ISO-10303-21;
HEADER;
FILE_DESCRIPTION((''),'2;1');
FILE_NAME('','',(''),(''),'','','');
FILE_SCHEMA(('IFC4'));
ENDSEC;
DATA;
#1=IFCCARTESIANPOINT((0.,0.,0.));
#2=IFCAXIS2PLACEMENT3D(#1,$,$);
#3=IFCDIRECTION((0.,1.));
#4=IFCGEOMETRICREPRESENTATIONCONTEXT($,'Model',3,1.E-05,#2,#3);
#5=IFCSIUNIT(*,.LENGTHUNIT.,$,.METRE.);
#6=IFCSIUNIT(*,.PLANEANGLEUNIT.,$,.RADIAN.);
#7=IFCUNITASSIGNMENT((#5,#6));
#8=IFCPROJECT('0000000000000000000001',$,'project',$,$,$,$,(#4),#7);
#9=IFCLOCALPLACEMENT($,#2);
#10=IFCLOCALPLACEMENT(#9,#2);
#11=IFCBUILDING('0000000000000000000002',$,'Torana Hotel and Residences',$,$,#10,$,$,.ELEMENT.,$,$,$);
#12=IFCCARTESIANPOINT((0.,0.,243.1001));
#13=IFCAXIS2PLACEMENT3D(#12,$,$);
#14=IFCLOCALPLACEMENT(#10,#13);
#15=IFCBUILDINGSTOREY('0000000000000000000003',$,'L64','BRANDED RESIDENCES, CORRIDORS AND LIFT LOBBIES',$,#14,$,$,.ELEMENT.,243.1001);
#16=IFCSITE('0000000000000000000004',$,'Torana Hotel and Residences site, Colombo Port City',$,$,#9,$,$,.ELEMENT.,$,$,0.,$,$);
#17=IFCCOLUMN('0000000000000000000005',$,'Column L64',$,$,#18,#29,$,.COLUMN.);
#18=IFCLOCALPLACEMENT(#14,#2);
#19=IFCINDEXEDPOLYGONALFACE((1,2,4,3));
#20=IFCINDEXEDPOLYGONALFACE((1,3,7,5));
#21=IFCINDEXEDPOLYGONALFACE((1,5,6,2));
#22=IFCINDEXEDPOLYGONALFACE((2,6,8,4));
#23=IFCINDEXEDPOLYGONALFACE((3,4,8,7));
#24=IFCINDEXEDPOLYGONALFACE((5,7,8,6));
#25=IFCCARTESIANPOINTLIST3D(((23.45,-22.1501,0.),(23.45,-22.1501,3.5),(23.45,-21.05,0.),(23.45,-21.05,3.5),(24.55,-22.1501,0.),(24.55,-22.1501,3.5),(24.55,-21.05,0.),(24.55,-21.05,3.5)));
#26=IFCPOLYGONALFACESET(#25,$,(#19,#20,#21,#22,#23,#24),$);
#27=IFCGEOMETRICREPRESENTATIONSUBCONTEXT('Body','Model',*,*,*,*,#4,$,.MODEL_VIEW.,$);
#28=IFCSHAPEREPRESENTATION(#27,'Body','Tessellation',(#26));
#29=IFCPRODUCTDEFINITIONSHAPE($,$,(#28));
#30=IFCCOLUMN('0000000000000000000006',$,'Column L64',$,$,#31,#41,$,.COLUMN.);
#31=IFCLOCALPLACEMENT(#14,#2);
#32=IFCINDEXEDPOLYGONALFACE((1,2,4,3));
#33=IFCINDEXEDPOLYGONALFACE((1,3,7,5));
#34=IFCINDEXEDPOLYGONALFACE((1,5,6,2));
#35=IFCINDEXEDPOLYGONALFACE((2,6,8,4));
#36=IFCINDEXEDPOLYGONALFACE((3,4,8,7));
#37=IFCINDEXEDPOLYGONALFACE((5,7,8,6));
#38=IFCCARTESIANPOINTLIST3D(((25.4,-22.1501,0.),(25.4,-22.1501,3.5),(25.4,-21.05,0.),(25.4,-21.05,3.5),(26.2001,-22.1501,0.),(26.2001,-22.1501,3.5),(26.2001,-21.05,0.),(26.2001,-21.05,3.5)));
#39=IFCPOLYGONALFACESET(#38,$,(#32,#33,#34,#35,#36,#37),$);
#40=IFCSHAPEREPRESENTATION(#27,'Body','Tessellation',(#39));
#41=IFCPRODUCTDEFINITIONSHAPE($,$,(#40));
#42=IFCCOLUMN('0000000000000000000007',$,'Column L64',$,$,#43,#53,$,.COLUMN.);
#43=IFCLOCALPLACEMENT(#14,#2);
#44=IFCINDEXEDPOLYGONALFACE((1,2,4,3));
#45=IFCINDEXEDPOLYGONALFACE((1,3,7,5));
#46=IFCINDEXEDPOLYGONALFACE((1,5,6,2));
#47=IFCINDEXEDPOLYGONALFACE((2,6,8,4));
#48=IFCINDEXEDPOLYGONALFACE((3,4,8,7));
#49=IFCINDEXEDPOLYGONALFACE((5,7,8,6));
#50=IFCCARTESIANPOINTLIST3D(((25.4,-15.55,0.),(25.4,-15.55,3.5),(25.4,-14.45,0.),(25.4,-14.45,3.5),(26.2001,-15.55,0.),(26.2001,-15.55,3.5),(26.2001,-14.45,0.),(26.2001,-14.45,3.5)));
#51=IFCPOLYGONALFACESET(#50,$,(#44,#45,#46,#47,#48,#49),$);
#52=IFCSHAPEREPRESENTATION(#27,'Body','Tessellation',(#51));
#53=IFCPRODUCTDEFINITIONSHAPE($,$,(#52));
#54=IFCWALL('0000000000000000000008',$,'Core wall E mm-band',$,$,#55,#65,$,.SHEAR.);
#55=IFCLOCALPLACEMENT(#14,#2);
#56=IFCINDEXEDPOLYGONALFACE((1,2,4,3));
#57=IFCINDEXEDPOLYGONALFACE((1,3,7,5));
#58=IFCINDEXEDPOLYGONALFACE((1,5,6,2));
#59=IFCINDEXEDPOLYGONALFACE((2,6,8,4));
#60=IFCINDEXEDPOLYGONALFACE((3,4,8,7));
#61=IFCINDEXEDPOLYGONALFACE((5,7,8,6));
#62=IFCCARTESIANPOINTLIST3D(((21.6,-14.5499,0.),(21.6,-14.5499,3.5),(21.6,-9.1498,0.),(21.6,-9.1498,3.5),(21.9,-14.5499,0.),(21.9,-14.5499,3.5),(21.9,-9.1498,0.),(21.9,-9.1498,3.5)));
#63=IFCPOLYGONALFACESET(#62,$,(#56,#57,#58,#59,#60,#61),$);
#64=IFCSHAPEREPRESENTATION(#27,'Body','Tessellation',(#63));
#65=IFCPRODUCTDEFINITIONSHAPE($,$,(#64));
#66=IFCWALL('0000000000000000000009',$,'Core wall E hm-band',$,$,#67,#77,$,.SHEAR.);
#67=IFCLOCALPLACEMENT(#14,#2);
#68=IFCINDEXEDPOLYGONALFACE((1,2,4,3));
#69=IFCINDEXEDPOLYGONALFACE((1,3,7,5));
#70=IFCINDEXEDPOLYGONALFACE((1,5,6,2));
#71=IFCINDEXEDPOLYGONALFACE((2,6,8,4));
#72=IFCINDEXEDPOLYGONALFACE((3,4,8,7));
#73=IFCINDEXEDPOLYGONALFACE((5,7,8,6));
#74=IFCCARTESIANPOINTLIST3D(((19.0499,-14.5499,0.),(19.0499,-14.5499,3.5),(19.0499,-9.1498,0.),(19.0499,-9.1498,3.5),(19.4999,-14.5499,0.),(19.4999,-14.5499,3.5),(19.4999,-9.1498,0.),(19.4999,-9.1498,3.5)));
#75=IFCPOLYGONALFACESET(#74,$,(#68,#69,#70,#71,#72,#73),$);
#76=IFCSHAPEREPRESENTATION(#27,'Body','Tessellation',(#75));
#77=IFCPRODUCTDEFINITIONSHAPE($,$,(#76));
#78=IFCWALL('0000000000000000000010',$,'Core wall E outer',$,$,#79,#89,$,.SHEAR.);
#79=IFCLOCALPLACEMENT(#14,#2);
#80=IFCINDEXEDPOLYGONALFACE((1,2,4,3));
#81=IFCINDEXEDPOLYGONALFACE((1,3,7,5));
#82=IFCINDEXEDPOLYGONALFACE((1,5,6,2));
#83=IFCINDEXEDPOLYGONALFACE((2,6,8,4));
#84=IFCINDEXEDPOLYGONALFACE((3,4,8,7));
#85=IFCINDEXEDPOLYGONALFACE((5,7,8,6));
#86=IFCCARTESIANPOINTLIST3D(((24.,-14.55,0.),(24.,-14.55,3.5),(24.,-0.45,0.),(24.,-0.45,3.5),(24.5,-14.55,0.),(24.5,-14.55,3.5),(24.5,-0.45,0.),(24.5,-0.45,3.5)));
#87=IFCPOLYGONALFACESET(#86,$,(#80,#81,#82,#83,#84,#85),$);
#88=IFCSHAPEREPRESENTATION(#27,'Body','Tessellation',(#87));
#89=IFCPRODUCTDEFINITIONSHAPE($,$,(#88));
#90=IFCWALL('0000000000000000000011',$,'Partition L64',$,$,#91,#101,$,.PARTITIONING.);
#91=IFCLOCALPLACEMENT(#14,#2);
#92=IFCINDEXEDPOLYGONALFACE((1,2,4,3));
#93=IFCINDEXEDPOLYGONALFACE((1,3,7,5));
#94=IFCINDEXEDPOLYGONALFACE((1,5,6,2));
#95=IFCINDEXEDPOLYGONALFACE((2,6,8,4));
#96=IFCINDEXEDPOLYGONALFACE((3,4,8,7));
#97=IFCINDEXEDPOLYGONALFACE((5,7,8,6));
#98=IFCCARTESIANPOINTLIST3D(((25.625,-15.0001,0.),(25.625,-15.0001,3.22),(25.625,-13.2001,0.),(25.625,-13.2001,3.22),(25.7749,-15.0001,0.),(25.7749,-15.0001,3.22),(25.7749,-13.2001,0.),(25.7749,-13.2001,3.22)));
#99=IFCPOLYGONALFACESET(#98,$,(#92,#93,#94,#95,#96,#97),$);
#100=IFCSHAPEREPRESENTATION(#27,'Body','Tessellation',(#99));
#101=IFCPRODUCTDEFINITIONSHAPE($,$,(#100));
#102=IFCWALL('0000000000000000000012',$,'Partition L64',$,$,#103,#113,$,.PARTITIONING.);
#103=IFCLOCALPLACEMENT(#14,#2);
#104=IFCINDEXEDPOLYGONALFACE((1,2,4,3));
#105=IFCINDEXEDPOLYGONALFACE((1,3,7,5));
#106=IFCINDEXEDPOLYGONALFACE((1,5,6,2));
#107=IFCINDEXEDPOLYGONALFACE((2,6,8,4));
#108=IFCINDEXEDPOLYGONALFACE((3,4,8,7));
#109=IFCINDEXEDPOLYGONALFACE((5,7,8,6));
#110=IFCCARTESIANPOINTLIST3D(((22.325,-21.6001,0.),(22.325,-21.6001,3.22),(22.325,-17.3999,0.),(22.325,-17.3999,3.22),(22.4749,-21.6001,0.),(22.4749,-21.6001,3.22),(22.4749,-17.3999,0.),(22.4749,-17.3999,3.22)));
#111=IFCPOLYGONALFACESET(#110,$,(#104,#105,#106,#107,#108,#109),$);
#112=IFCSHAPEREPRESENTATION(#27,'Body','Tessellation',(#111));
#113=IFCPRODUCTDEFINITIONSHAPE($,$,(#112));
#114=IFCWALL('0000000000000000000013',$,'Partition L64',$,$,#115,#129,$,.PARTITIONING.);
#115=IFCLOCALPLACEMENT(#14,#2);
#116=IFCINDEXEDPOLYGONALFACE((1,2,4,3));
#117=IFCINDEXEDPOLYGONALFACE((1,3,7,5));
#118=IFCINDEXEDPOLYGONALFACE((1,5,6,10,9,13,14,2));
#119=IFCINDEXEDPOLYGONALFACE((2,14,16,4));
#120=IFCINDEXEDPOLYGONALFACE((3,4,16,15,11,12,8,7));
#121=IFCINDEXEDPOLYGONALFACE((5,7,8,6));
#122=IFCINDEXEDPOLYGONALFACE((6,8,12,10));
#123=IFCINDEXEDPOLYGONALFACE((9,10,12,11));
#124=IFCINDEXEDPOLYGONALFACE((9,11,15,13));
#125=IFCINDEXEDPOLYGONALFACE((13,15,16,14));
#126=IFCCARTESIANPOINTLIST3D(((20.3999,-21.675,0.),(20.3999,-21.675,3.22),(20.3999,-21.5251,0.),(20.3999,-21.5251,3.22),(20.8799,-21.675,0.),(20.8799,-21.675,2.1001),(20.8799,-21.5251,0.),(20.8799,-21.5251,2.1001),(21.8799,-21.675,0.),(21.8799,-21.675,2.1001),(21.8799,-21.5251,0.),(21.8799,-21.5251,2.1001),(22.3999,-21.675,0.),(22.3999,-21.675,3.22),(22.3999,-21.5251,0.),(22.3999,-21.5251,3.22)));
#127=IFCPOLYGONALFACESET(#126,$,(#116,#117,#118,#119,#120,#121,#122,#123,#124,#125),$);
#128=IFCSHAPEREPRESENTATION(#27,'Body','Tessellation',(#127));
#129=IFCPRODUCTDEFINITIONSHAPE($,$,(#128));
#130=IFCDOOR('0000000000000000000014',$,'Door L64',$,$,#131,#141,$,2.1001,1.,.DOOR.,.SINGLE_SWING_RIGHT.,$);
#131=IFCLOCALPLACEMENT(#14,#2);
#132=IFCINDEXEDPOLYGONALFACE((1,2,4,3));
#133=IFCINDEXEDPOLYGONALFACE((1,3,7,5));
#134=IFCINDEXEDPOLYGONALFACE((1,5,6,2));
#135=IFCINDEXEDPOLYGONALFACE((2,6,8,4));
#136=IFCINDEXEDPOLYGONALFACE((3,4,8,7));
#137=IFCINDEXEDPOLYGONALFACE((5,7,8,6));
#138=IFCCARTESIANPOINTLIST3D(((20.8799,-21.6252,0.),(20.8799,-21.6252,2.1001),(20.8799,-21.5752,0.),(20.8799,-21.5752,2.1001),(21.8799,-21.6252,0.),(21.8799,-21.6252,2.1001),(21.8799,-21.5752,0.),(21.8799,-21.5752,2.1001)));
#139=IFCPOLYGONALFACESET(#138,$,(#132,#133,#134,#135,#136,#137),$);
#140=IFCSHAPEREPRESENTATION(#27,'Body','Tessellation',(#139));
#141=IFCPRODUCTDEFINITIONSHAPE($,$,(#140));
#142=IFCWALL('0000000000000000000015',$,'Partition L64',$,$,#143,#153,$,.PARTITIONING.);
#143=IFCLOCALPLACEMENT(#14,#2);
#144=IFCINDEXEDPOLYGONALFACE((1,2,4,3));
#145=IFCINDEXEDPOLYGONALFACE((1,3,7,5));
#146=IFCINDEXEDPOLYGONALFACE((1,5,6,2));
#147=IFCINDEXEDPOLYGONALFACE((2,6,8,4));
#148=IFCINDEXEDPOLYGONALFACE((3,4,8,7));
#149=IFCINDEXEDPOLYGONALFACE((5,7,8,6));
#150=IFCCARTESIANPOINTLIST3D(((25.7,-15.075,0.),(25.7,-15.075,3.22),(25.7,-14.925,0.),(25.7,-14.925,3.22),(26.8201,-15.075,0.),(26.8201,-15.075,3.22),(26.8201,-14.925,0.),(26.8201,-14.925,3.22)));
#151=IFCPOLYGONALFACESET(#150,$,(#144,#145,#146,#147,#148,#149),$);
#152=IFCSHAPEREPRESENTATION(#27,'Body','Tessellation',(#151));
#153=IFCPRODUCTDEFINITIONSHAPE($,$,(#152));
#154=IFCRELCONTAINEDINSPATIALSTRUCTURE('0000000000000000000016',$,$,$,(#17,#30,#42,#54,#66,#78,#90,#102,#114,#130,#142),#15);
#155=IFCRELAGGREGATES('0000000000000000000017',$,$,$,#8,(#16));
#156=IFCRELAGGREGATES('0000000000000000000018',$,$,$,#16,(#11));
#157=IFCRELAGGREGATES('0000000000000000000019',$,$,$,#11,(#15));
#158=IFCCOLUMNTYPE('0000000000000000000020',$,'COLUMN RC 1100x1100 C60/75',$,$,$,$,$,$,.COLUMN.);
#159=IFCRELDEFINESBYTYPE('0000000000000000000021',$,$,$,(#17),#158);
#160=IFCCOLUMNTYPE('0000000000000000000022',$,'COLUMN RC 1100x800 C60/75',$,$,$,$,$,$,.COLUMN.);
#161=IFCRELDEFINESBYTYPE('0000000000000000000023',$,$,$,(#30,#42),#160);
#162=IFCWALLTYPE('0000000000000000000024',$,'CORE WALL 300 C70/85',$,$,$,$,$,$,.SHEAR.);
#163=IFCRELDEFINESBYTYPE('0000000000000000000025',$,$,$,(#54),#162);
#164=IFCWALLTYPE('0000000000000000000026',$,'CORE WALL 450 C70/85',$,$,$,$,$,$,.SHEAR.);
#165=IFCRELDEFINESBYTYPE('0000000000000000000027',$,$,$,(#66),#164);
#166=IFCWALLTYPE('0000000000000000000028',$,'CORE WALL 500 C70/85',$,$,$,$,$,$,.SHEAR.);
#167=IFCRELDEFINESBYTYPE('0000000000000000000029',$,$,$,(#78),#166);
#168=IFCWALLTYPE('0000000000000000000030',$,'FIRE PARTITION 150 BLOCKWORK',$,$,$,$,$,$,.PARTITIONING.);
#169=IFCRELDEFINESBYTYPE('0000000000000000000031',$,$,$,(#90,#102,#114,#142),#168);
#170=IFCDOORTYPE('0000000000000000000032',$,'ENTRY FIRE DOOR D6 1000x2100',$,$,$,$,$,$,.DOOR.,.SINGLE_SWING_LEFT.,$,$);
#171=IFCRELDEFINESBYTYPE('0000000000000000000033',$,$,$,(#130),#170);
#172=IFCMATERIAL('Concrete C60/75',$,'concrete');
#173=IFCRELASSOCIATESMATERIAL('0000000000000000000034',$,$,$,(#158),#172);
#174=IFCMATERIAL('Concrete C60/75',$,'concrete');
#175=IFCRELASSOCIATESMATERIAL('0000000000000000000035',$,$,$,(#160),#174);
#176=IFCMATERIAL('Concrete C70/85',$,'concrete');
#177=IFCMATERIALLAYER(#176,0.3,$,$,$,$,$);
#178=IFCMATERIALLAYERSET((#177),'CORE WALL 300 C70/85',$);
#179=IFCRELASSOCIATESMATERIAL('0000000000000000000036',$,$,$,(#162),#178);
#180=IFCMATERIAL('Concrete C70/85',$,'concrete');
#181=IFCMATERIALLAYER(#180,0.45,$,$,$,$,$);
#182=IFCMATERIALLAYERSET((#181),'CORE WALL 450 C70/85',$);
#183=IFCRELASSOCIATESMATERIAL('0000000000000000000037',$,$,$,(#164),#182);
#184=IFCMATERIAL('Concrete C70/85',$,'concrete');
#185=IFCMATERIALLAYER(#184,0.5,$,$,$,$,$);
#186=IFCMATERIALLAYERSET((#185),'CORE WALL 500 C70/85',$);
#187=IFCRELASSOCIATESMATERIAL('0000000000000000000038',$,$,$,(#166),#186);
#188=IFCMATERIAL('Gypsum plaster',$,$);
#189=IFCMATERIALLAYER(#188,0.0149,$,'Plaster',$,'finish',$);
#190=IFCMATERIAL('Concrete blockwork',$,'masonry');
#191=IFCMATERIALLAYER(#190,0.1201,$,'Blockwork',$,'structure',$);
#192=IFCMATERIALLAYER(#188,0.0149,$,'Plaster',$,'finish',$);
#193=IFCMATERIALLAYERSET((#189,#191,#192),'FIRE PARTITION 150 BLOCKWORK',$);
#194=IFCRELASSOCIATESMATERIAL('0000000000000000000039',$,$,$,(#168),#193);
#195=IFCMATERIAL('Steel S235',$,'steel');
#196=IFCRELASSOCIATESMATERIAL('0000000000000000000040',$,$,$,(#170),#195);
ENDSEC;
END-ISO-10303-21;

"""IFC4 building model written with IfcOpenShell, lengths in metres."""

from ifc_helpers import new_model, si_unit, direction, frame, frame_2d, origin, origin_2d, place, context, subcontext, project, spatial, rectangle, extrude, material, layer, layer_set, material_profile, profile_set, type_object, element, fill, save


model = new_model("IFC4")

# Units and contexts
model_context = context("Model", 3, precision=1e-05, world=origin(), true_north=direction((0.0, 1.0)))
body_context = subcontext(model_context, "Body", "Model", "MODEL_VIEW")
ifc_project = project(units=[si_unit("LENGTHUNIT", "METRE"), si_unit("PLANEANGLEUNIT", "RADIAN")], contexts=[model_context])

# Site, building, storey
site_placement = place(None, origin())
site = spatial("IfcSite", under=ifc_project, at=site_placement, Name="Torana Hotel and Residences site, Colombo Port City", CompositionType="ELEMENT", RefElevation=0.0)
building_placement = place(site_placement, origin())
building = spatial("IfcBuilding", under=site, at=building_placement, Name="Torana Hotel and Residences", CompositionType="ELEMENT")
storey_placement = place(building_placement, frame((0.0, 0.0, 243.1001)))
storey = spatial("IfcBuildingStorey", under=building, at=storey_placement, Name="L64", Description="BRANDED RESIDENCES, CORRIDORS AND LIFT LOBBIES", CompositionType="ELEMENT", Elevation=243.1001)

# Columns
ifc_material_1 = material(Name="Concrete C60/75", Category="concrete")
ifc_material_profile_1 = material_profile(ifc_material_1, rectangle(XDim=1.1001, YDim=1.1001, at=origin_2d()), Name="RC 1100x1100")
ifc_profile_set_1 = profile_set([ifc_material_profile_1], Name="Concrete C60/75")
column_type_1 = type_object("IfcColumnType", Name="COLUMN RC 1100x1100 C60/75", PredefinedType="COLUMN", material=ifc_profile_set_1)
column_placement = place(storey_placement, frame((24.0, -21.6001, 0.0), z_axis=(0.0, 0.0, 1.0), x_axis=(1.0, 0.0, 0.0)))
element("IfcColumn", 1, at=column_placement, inside=storey, type_object=column_type_1, Name="Column L64", PredefinedType="COLUMN", context=body_context, shape_type="SweptSolid", body=[
    extrude(rectangle(XDim=1.1001, YDim=1.1001, at=origin_2d()), origin(), (0.0, 0.0, 1.0), 3.5),
])
ifc_material_2 = material(Name="Concrete C60/75", Category="concrete")
ifc_material_profile_2 = material_profile(ifc_material_2, rectangle(XDim=1.1001, YDim=0.8, at=origin_2d()), Name="RC 1100x800")
ifc_profile_set_2 = profile_set([ifc_material_profile_2], Name="Concrete C60/75")
column_type_2 = type_object("IfcColumnType", Name="COLUMN RC 1100x800 C60/75", PredefinedType="COLUMN", material=ifc_profile_set_2)
for number, where, z_axis, x_axis, name in (
    (2, (25.8, -21.6001, 0.0), (0.0, 0.0, 1.0), (0.0, 1.0, 0.0), "Column L64"),
    (3, (25.8, -15.0, 0.0), (0.0, 0.0, 1.0), (0.0, 1.0, 0.0), "Column L64"),
):
    element("IfcColumn", number, at=place(storey_placement, frame(where, z_axis=z_axis, x_axis=x_axis)), inside=storey, type_object=column_type_2, Name=name, PredefinedType="COLUMN", context=body_context, shape_type="SweptSolid", body=[
        extrude(rectangle(XDim=1.1001, YDim=0.8, at=origin_2d()), origin(), (0.0, 0.0, 1.0), 3.5),
    ])

# Walls
ifc_material_3 = material(Name="Concrete C70/85", Category="concrete")
ifc_layer_1 = layer(ifc_material_3, 0.3)
ifc_layer_set_1 = layer_set([ifc_layer_1], Name="CORE WALL 300 C70/85")
wall_type_1 = type_object("IfcWallType", Name="CORE WALL 300 C70/85", PredefinedType="SHEAR", material=ifc_layer_set_1)
wall_1_placement = place(storey_placement, frame((21.75, -14.55, 0.0), z_axis=(0.0, 0.0, 1.0), x_axis=(0.0, 1.0, 0.0)))
element("IfcWall", 4, at=wall_1_placement, inside=storey, type_object=wall_type_1, Name="Core wall E mm-band", PredefinedType="SHEAR", context=body_context, shape_type="SweptSolid", body=[
    extrude(rectangle(XDim=5.4001, YDim=0.3, at=frame_2d((2.7002, 0.0))), origin(), (0.0, 0.0, 1.0), 3.5),
])
ifc_material_4 = material(Name="Concrete C70/85", Category="concrete")
ifc_layer_2 = layer(ifc_material_4, 0.45)
ifc_layer_set_2 = layer_set([ifc_layer_2], Name="CORE WALL 450 C70/85")
wall_type_2 = type_object("IfcWallType", Name="CORE WALL 450 C70/85", PredefinedType="SHEAR", material=ifc_layer_set_2)
wall_2_placement = place(storey_placement, frame((19.2749, -14.55, 0.0), z_axis=(0.0, 0.0, 1.0), x_axis=(0.0, 1.0, 0.0)))
element("IfcWall", 5, at=wall_2_placement, inside=storey, type_object=wall_type_2, Name="Core wall E hm-band", PredefinedType="SHEAR", context=body_context, shape_type="SweptSolid", body=[
    extrude(rectangle(XDim=5.4001, YDim=0.45, at=frame_2d((2.7002, 0.0))), origin(), (0.0, 0.0, 1.0), 3.5),
])
ifc_material_5 = material(Name="Concrete C70/85", Category="concrete")
ifc_layer_3 = layer(ifc_material_5, 0.5)
ifc_layer_set_3 = layer_set([ifc_layer_3], Name="CORE WALL 500 C70/85")
wall_type_3 = type_object("IfcWallType", Name="CORE WALL 500 C70/85", PredefinedType="SHEAR", material=ifc_layer_set_3)
wall_3_placement = place(storey_placement, frame((24.25, -14.55, 0.0), z_axis=(0.0, 0.0, 1.0), x_axis=(0.0, 1.0, 0.0)))
element("IfcWall", 6, at=wall_3_placement, inside=storey, type_object=wall_type_3, Name="Core wall E outer", PredefinedType="SHEAR", context=body_context, shape_type="SweptSolid", body=[
    extrude(rectangle(XDim=14.1001, YDim=0.5, at=frame_2d((7.05, 0.0))), origin(), (0.0, 0.0, 1.0), 3.5),
])
ifc_material_6 = material(Name="Gypsum plaster")
ifc_layer_4 = layer(ifc_material_6, 0.0149, Name="Plaster", Category="finish")
ifc_material_7 = material(Name="Concrete blockwork", Category="masonry")
ifc_layer_5 = layer(ifc_material_7, 0.1201, Name="Blockwork", Category="structure")
ifc_layer_6 = layer(ifc_material_6, 0.0149, Name="Plaster", Category="finish")
ifc_layer_set_4 = layer_set([ifc_layer_4, ifc_layer_5, ifc_layer_6], Name="FIRE PARTITION 150 BLOCKWORK")
wall_type_4 = type_object("IfcWallType", Name="FIRE PARTITION 150 BLOCKWORK", PredefinedType="PARTITIONING", material=ifc_layer_set_4)
wall_4_placement = place(storey_placement, frame((25.7, -15.0, 0.0), z_axis=(0.0, 0.0, 1.0), x_axis=(0.0, 1.0, 0.0)))
element("IfcWall", 7, at=wall_4_placement, inside=storey, type_object=wall_type_4, Name="Partition L64", PredefinedType="PARTITIONING", context=body_context, shape_type="SweptSolid", body=[
    extrude(rectangle(XDim=1.8, YDim=0.1499, at=frame_2d((0.8999, 0.0))), origin(), (0.0, 0.0, 1.0), 3.22),
])
wall_5_placement = place(storey_placement, frame((22.3999, -21.6001, 0.0), z_axis=(0.0, 0.0, 1.0), x_axis=(0.0, 1.0, 0.0)))
element("IfcWall", 8, at=wall_5_placement, inside=storey, type_object=wall_type_4, Name="Partition L64", PredefinedType="PARTITIONING", context=body_context, shape_type="SweptSolid", body=[
    extrude(rectangle(XDim=4.2002, YDim=0.1499, at=frame_2d((2.1001, 0.0))), origin(), (0.0, 0.0, 1.0), 3.22),
])

# Wall, opening, door
wall_6_placement = place(storey_placement, frame((20.3999, -21.6001, 0.0), z_axis=(0.0, 0.0, 1.0), x_axis=(1.0, 0.0, 0.0)))
wall_6 = element("IfcWall", 9, at=wall_6_placement, inside=storey, type_object=wall_type_4, Name="Partition L64", PredefinedType="PARTITIONING", context=body_context, shape_type="SweptSolid", body=[
    extrude(rectangle(XDim=2.0, YDim=0.1499, at=frame_2d((1.0, 0.0))), origin(), (0.0, 0.0, 1.0), 3.22),
])
opening_1_placement = place(wall_6_placement, frame((0.48, 0.0, 0.0)))
opening_1 = element("IfcOpeningElement", 10, at=opening_1_placement, cuts=wall_6, PredefinedType="OPENING", context=body_context, shape_type="SweptSolid", body=[
    extrude(rectangle(XDim=1.0, YDim=2.1001, at=frame_2d((0.5, 1.05))), frame((0.0, 0.085, 0.0), z_axis=(0.0, -1.0, 0.0), x_axis=(1.0, 0.0, 0.0)), (0.0, 0.0, 1.0), 0.1699),
])
ifc_material_8 = material(Name="Steel S235", Category="steel")
door_type_1 = type_object("IfcDoorType", Name="ENTRY FIRE DOOR D6 1000x2100", OperationType="SINGLE_SWING_LEFT", PredefinedType="DOOR", material=ifc_material_8)
door_1_placement = place(opening_1_placement, frame((0.5, 0.0, 0.0), z_axis=(0.0, 0.0, 1.0), x_axis=(-1.0, 0.0, 0.0)))
door_1 = element("IfcDoor", 11, at=door_1_placement, inside=storey, type_object=door_type_1, Name="Door L64", OperationType="SINGLE_SWING_RIGHT", OverallHeight=2.1001, OverallWidth=1.0, PredefinedType="DOOR", context=body_context, shape_type="SweptSolid", body=[
    extrude(rectangle(XDim=1.0, YDim=2.1001, at=frame_2d((0.0, 1.05))), frame((0.0, -0.0249, 0.0), z_axis=(0.0, 1.0, 0.0), x_axis=(-1.0, 0.0, 0.0)), (0.0, 0.0, 1.0), 0.05),
])
fill(opening_1, door_1)

# Wall
wall_7_placement = place(storey_placement, frame((25.7, -15.0, 0.0), z_axis=(0.0, 0.0, 1.0), x_axis=(1.0, 0.0, 0.0)))
element("IfcWall", 12, at=wall_7_placement, inside=storey, type_object=wall_type_4, Name="Partition L64", PredefinedType="PARTITIONING", context=body_context, shape_type="SweptSolid", body=[
    extrude(rectangle(XDim=1.1201, YDim=0.1499, at=frame_2d((0.5601, 0.0))), origin(), (0.0, 0.0, 1.0), 3.22),
])

save(model, "model.ifc")
